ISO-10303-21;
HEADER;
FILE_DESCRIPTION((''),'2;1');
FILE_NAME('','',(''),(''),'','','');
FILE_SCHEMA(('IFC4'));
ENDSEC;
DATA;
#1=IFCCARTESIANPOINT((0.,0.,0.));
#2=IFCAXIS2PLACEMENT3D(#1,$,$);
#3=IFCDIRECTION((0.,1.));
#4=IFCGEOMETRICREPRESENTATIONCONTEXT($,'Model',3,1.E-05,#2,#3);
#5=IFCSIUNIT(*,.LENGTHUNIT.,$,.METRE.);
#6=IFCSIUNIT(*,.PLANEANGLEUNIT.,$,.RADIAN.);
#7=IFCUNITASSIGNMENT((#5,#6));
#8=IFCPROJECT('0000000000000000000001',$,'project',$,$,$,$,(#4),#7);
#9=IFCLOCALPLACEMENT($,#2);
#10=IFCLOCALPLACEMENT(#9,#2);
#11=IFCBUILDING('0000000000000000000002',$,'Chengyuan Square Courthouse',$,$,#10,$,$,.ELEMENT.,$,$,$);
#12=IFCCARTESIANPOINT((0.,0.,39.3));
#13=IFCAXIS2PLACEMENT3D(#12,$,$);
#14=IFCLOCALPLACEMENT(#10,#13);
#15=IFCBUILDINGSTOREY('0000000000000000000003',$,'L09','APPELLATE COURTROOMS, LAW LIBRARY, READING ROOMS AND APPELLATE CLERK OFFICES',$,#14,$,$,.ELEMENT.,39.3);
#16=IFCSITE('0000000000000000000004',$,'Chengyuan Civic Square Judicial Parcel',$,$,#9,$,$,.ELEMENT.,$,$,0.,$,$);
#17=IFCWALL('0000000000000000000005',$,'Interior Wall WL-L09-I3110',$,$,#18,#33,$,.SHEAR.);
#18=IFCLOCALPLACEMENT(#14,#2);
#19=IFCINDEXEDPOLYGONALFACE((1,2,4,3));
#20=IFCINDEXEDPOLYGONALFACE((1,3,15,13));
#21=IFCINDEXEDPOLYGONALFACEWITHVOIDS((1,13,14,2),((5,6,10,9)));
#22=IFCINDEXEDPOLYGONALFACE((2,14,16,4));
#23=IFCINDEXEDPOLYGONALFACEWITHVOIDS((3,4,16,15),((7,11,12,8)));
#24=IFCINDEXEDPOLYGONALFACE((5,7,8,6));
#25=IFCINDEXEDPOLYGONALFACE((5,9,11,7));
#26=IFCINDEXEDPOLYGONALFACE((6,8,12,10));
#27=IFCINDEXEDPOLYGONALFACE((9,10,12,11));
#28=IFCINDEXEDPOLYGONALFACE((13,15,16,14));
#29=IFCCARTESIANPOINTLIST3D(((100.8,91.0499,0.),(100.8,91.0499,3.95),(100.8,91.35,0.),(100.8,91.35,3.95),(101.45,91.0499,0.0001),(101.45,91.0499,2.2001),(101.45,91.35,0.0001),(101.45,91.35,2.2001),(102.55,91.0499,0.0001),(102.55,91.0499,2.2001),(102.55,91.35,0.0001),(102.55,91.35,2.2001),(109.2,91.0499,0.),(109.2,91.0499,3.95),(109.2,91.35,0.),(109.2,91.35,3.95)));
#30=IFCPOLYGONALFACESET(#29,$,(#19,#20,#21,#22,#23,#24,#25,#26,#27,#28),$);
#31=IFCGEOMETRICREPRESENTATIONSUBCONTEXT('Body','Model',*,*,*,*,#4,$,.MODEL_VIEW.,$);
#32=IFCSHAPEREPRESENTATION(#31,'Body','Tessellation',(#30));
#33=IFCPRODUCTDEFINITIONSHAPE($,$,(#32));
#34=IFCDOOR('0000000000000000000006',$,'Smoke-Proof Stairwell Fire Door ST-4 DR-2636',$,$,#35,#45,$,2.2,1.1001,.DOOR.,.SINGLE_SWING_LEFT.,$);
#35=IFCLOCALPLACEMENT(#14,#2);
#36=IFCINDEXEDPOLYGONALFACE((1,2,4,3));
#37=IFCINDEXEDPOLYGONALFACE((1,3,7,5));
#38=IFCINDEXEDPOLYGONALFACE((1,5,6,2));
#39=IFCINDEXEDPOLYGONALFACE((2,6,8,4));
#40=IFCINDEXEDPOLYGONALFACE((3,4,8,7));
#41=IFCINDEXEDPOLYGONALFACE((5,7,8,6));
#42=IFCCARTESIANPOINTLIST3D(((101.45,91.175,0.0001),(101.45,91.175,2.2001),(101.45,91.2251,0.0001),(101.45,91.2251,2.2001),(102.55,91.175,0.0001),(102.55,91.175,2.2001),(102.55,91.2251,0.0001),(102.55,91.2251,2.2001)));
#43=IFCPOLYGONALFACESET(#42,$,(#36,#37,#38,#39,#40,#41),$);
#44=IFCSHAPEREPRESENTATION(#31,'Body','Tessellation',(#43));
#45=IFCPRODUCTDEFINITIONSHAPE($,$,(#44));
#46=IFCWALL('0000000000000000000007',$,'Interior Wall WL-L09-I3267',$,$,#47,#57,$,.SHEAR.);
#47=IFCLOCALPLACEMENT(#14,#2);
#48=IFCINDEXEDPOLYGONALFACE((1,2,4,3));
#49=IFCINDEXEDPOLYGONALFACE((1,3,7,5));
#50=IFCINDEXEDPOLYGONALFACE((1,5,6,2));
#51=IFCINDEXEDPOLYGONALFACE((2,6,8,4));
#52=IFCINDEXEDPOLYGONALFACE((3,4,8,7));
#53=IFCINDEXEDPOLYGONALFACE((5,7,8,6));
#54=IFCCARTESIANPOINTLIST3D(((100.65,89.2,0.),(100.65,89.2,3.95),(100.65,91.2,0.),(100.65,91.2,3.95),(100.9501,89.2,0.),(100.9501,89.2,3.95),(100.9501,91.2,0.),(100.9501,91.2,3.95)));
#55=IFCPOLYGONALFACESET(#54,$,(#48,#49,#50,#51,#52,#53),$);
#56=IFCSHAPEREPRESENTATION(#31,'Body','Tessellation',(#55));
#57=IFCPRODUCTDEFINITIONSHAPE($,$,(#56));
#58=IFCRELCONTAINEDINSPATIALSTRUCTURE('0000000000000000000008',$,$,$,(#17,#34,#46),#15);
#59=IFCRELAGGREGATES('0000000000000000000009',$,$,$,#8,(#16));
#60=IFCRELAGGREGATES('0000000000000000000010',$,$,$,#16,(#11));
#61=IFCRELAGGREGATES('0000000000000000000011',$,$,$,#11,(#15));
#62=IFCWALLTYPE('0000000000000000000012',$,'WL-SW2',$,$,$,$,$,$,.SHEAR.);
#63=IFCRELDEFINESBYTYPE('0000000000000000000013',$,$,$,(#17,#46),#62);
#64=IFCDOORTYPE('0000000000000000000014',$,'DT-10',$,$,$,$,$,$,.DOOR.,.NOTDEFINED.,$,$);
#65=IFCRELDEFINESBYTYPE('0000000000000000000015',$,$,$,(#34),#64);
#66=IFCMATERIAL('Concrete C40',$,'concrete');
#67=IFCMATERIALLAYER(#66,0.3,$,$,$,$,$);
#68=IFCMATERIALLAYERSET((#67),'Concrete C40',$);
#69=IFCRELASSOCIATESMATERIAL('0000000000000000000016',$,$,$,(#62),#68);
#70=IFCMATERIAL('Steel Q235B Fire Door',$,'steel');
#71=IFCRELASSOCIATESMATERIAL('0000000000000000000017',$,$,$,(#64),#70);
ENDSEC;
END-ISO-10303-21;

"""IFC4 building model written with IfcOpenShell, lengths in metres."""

from ifc_helpers import new_model, si_unit, direction, frame, frame_2d, origin, place, context, subcontext, project, spatial, rectangle, extrude, material, layer, layer_set, type_object, element, fill, save


model = new_model("IFC4")

# Units and contexts
model_context = context("Model", 3, precision=1e-05, world=origin(), true_north=direction((0.0, 1.0)))
body_context = subcontext(model_context, "Body", "Model", "MODEL_VIEW")
ifc_project = project(units=[si_unit("LENGTHUNIT", "METRE"), si_unit("PLANEANGLEUNIT", "RADIAN")], contexts=[model_context])

# Site, building, storey
site_placement = place(None, origin())
site = spatial("IfcSite", under=ifc_project, at=site_placement, Name="Chengyuan Civic Square Judicial Parcel", CompositionType="ELEMENT", RefElevation=0.0)
building_placement = place(site_placement, origin())
building = spatial("IfcBuilding", under=site, at=building_placement, Name="Chengyuan Square Courthouse", CompositionType="ELEMENT")
storey_placement = place(building_placement, frame((0.0, 0.0, 39.3)))
storey = spatial("IfcBuildingStorey", under=building, at=storey_placement, Name="L09", Description="APPELLATE COURTROOMS, LAW LIBRARY, READING ROOMS AND APPELLATE CLERK OFFICES", CompositionType="ELEMENT", Elevation=39.3)

# Shared definitions
ifc_material_1 = material(Name="Concrete C40", Category="concrete")

# Shared definitions
ifc_material_2 = material(Name="Steel Q235B Fire Door", Category="steel")

# Wall, opening, door
ifc_layer_1 = layer(ifc_material_1, 0.3)
ifc_layer_set_1 = layer_set([ifc_layer_1], Name="Concrete C40")
wall_type_1 = type_object("IfcWallType", Name="WL-SW2", PredefinedType="SHEAR", material=ifc_layer_set_1)
wall_1_placement = place(storey_placement, frame((100.8, 91.2, 0.0), z_axis=(0.0, 0.0, 1.0), x_axis=(1.0, 0.0, 0.0)))
wall_1 = element("IfcWall", 1, at=wall_1_placement, inside=storey, type_object=wall_type_1, Name="Interior Wall WL-L09-I3110", PredefinedType="SHEAR", context=body_context, shape_type="SweptSolid", body=[
    extrude(rectangle(XDim=8.3999, YDim=0.3, at=frame_2d((4.2, 0.0))), origin(), (0.0, 0.0, 1.0), 3.95),
])
opening_1_placement = place(wall_1_placement, frame((0.6499, 0.0, 0.0)))
opening_1 = element("IfcOpeningElement", 2, at=opening_1_placement, cuts=wall_1, PredefinedType="OPENING", context=body_context, shape_type="SweptSolid", body=[
    extrude(rectangle(XDim=1.1001, YDim=2.2, at=frame_2d((0.55, 1.1001))), frame((0.0, 0.1621, 0.0), z_axis=(0.0, -1.0, 0.0), x_axis=(1.0, 0.0, 0.0)), (0.0, 0.0, 1.0), 0.324),
])
door_type_1 = type_object("IfcDoorType", Name="DT-10", OperationType="NOTDEFINED", PredefinedType="DOOR", material=ifc_material_2)
door_1_placement = place(opening_1_placement, frame((1.1001, 0.0, 0.0), z_axis=(0.0, 0.0, 1.0), x_axis=(-1.0, 0.0, 0.0)))
door_1 = element("IfcDoor", 3, at=door_1_placement, inside=storey, type_object=door_type_1, Name="Smoke-Proof Stairwell Fire Door ST-4 DR-2636", OperationType="SINGLE_SWING_LEFT", OverallHeight=2.2, OverallWidth=1.1001, PredefinedType="DOOR", context=body_context, shape_type="SweptSolid", body=[
    extrude(rectangle(XDim=1.1001, YDim=2.2, at=frame_2d((0.55, 1.1001))), frame((0.0, 0.0249, 0.0), z_axis=(0.0, -1.0, 0.0), x_axis=(1.0, 0.0, 0.0)), (0.0, 0.0, 1.0), 0.05),
])
fill(opening_1, door_1)

# Wall
wall_2_placement = place(storey_placement, frame((100.8, 89.2, 0.0), z_axis=(0.0, 0.0, 1.0), x_axis=(0.0, 1.0, 0.0)))
element("IfcWall", 4, at=wall_2_placement, inside=storey, type_object=wall_type_1, Name="Interior Wall WL-L09-I3267", PredefinedType="SHEAR", context=body_context, shape_type="SweptSolid", body=[
    extrude(rectangle(XDim=2.0, YDim=0.3, at=frame_2d((1.0, 0.0))), origin(), (0.0, 0.0, 1.0), 3.95),
])

save(model, "model.ifc")
